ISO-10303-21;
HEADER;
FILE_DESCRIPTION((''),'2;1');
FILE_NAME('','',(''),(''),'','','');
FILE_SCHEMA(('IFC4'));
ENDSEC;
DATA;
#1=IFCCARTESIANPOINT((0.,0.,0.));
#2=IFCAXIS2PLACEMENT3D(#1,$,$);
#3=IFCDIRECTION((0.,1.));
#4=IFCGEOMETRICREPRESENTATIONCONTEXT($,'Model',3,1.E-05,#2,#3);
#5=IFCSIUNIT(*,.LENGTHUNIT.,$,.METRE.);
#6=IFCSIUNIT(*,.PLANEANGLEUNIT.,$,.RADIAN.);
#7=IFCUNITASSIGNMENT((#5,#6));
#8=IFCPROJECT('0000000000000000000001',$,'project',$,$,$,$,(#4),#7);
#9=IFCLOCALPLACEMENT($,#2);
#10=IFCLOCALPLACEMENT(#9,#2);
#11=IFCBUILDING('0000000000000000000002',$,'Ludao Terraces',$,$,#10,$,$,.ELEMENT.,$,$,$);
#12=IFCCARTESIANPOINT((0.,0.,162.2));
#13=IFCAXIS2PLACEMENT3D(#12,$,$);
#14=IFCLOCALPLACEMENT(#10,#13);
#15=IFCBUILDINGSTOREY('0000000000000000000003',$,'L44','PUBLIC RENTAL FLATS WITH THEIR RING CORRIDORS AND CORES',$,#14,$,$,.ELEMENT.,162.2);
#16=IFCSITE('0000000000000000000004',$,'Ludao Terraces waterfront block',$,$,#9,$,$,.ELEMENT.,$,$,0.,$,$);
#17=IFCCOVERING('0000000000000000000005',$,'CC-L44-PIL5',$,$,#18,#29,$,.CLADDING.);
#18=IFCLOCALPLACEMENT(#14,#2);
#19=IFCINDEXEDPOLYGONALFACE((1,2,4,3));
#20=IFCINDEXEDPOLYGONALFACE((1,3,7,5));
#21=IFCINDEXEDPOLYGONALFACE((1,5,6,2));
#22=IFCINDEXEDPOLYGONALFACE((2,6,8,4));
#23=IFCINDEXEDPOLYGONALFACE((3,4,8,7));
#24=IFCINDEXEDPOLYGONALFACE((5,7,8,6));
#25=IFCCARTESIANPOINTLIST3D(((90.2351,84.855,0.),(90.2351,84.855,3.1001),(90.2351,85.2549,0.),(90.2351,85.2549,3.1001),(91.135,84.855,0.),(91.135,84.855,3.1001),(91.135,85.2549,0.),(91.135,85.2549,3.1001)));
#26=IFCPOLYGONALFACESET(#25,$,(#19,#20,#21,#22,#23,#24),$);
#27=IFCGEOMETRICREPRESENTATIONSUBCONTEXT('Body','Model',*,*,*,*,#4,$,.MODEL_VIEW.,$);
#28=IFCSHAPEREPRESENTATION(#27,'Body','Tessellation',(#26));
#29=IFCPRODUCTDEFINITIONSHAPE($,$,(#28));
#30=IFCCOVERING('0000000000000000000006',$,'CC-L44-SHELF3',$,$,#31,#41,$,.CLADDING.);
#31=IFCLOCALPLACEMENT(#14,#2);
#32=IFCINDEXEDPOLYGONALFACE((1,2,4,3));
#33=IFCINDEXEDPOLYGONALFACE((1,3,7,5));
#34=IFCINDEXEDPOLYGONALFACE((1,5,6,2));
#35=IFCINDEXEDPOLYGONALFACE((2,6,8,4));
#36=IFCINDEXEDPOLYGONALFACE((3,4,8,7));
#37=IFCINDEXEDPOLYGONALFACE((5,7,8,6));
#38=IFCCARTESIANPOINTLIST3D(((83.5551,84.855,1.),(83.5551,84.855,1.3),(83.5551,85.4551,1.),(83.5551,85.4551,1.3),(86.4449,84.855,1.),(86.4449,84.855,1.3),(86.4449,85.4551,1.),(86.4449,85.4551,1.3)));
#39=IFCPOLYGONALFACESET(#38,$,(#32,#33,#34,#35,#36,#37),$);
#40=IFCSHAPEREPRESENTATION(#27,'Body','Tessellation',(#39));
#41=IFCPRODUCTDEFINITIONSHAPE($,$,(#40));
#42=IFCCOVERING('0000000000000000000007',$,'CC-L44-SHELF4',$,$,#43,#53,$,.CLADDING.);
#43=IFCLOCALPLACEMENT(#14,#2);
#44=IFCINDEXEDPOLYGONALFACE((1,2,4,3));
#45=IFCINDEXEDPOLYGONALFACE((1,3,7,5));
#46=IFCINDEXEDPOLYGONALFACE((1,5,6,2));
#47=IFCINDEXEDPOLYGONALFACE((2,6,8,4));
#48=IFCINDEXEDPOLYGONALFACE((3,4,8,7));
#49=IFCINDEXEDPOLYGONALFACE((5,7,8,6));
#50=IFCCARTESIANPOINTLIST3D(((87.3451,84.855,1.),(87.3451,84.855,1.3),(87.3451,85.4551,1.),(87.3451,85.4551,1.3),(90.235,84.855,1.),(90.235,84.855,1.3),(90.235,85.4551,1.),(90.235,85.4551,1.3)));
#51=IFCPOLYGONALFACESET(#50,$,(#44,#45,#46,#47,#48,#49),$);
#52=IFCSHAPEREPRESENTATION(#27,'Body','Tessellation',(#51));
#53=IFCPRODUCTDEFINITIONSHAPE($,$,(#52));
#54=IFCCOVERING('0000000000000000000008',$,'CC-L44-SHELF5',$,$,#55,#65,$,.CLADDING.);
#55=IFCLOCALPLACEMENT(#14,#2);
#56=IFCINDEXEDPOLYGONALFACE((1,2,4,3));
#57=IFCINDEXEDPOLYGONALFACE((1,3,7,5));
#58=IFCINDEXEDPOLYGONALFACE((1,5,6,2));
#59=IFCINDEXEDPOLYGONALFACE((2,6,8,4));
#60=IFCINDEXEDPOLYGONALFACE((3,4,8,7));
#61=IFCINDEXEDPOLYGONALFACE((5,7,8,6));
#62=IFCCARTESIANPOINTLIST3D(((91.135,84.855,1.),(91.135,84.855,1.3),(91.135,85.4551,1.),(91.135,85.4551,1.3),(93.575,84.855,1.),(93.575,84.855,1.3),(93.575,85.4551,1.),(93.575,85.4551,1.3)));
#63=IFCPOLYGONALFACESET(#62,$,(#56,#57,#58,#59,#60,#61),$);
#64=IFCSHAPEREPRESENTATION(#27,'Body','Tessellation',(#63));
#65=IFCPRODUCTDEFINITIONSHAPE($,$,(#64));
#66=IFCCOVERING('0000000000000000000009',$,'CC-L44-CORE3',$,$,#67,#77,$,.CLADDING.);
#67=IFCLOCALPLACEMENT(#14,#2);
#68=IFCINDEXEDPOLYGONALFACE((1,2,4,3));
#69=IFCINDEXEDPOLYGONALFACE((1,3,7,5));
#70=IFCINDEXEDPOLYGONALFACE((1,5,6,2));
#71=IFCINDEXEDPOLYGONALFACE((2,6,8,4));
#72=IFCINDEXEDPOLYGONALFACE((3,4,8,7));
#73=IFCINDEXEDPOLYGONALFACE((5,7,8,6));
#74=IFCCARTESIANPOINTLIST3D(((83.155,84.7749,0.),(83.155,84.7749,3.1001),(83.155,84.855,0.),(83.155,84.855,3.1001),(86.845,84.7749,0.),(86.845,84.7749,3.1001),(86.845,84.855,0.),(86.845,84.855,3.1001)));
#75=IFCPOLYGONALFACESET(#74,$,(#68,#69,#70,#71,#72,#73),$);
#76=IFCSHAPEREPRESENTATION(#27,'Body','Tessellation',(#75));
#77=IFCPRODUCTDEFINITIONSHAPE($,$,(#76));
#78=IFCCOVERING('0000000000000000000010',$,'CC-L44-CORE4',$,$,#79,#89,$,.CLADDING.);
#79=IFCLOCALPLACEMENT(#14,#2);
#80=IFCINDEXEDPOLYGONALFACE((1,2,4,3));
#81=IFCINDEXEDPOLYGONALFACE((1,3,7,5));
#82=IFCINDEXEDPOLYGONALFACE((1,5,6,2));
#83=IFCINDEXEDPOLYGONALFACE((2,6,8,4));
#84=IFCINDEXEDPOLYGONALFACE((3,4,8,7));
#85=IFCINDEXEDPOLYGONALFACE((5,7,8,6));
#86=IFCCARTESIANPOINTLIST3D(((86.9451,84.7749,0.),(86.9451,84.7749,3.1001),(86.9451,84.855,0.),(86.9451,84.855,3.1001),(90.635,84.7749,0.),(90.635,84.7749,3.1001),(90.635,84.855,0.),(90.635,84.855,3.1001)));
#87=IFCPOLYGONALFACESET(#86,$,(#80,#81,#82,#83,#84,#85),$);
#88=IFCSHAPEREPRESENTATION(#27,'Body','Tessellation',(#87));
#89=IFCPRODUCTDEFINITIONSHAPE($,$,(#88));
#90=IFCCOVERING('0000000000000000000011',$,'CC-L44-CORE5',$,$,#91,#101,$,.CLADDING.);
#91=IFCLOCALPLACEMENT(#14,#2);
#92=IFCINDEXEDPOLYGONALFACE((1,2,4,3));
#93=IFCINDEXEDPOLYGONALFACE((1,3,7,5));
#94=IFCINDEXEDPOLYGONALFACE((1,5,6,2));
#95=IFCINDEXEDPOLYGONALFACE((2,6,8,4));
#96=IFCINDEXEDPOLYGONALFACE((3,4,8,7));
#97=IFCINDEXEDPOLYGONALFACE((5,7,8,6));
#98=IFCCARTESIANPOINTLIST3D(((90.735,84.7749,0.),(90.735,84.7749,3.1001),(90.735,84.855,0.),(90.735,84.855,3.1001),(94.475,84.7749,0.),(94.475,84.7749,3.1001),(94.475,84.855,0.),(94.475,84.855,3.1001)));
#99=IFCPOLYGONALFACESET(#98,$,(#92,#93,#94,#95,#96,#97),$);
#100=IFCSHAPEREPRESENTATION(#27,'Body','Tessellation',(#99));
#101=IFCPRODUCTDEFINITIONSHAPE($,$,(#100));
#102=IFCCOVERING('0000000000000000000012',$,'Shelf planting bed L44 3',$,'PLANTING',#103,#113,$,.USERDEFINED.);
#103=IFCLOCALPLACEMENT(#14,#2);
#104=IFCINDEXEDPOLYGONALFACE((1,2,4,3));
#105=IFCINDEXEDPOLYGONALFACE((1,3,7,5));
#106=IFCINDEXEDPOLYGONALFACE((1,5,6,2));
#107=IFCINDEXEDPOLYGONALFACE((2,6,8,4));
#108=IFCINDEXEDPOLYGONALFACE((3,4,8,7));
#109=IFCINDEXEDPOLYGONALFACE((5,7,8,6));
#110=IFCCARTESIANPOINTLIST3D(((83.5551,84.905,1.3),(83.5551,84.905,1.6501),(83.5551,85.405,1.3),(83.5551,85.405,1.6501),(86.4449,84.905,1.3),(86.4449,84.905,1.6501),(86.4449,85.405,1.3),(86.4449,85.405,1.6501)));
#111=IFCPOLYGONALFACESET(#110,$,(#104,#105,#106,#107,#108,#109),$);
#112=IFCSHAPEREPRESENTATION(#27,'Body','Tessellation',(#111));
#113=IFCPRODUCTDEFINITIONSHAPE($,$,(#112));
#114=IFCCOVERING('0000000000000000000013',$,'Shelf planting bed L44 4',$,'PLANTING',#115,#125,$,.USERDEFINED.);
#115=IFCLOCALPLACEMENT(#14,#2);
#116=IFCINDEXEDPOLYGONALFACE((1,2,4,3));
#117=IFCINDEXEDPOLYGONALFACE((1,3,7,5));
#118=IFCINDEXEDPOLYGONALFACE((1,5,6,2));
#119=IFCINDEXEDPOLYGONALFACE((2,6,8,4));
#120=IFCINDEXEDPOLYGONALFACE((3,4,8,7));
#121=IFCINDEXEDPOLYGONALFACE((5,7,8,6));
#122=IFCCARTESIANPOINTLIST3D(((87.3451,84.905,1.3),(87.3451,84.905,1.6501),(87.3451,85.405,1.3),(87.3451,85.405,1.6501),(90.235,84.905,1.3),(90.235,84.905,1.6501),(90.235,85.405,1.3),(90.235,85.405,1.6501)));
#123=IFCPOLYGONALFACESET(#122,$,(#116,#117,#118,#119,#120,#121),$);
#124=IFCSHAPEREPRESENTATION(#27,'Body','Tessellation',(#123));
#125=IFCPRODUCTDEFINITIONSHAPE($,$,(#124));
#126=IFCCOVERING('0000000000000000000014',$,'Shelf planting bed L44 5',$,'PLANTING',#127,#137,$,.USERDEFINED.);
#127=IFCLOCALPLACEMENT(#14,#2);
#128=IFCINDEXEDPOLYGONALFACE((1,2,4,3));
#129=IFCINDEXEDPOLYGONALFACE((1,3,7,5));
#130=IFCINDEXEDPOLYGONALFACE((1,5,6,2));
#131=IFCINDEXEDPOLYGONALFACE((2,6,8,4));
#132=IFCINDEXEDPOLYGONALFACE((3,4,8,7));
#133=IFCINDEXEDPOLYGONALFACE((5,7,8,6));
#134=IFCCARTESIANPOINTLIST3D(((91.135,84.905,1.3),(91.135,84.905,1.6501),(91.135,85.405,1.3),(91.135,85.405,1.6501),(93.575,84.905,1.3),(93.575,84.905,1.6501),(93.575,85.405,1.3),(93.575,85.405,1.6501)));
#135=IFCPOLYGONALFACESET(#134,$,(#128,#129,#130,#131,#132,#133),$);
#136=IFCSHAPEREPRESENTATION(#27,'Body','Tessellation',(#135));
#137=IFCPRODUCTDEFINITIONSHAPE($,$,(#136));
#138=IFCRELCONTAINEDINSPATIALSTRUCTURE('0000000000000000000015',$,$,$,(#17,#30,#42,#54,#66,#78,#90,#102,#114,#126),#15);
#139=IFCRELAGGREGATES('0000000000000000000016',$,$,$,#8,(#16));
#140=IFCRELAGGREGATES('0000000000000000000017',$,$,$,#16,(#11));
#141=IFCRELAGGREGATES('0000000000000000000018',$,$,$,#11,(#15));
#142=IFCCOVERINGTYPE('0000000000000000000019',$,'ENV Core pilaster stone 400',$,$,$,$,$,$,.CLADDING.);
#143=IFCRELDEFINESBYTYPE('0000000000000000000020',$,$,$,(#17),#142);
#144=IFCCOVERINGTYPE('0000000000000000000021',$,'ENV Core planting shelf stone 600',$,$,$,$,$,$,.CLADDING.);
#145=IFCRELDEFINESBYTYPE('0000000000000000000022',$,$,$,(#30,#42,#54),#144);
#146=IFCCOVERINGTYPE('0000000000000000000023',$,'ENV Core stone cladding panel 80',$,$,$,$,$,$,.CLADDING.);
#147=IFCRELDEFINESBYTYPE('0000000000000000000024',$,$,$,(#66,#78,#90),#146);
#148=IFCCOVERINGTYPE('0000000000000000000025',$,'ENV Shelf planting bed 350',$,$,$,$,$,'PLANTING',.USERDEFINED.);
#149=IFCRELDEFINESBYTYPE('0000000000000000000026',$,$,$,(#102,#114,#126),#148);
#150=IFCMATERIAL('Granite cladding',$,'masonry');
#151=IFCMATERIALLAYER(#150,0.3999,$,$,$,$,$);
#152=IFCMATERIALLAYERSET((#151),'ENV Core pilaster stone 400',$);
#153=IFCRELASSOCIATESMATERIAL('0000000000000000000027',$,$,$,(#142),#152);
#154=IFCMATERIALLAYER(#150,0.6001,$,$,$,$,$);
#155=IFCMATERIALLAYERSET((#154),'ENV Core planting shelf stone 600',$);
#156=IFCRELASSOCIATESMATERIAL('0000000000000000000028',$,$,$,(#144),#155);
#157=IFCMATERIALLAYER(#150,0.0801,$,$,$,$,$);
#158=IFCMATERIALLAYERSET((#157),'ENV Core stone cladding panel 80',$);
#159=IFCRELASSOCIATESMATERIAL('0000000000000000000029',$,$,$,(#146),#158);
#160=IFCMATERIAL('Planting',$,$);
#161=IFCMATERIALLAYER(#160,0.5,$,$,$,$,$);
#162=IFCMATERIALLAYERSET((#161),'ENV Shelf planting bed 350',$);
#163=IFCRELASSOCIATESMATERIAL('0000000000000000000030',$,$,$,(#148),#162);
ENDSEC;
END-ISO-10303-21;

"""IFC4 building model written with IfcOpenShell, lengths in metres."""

from ifc_helpers import new_model, si_unit, direction, frame, origin, origin_2d, place, context, subcontext, project, spatial, rectangle, extrude, material, layer, layer_set, type_object, element, save


model = new_model("IFC4")

# Units and contexts
model_context = context("Model", 3, precision=1e-05, world=origin(), true_north=direction((0.0, 1.0)))
body_context = subcontext(model_context, "Body", "Model", "MODEL_VIEW")
ifc_project = project(units=[si_unit("LENGTHUNIT", "METRE"), si_unit("PLANEANGLEUNIT", "RADIAN")], contexts=[model_context])

# Site, building, storey
site_placement = place(None, origin())
site = spatial("IfcSite", under=ifc_project, at=site_placement, Name="Ludao Terraces waterfront block", CompositionType="ELEMENT", RefElevation=0.0)
building_placement = place(site_placement, origin())
building = spatial("IfcBuilding", under=site, at=building_placement, Name="Ludao Terraces", CompositionType="ELEMENT")
storey_placement = place(building_placement, frame((0.0, 0.0, 162.2)))
storey = spatial("IfcBuildingStorey", under=building, at=storey_placement, Name="L44", Description="PUBLIC RENTAL FLATS WITH THEIR RING CORRIDORS AND CORES", CompositionType="ELEMENT", Elevation=162.2)

# Coverings
ifc_material_1 = material(Name="Granite cladding", Category="masonry")
ifc_layer_1 = layer(ifc_material_1, 0.3999)
ifc_layer_set_1 = layer_set([ifc_layer_1], Name="ENV Core pilaster stone 400")
covering_type_1 = type_object("IfcCoveringType", Name="ENV Core pilaster stone 400", PredefinedType="CLADDING", material=ifc_layer_set_1)
for number, where, z_axis, x_axis, name in (
    (1, (90.6851, 85.0549, 0.0), (0.0, 0.0, 1.0), (1.0, 0.0, 0.0), "CC-L44-PIL5"),
):
    element("IfcCovering", number, at=place(storey_placement, frame(where, z_axis=z_axis, x_axis=x_axis)), inside=storey, type_object=covering_type_1, Name=name, PredefinedType="CLADDING", context=body_context, shape_type="SweptSolid", body=[
        extrude(rectangle(XDim=0.8999, YDim=0.3999, at=origin_2d()), origin(), (0.0, 0.0, 1.0), 3.1001),
    ])
ifc_layer_2 = layer(ifc_material_1, 0.6001)
ifc_layer_set_2 = layer_set([ifc_layer_2], Name="ENV Core planting shelf stone 600")
covering_type_2 = type_object("IfcCoveringType", Name="ENV Core planting shelf stone 600", PredefinedType="CLADDING", material=ifc_layer_set_2)
for number, where, z_axis, x_axis, name in (
    (2, (85.0, 85.155, 1.0), (0.0, 0.0, 1.0), (1.0, 0.0, 0.0), "CC-L44-SHELF3"),
    (3, (88.79, 85.155, 1.0), (0.0, 0.0, 1.0), (1.0, 0.0, 0.0), "CC-L44-SHELF4"),
):
    element("IfcCovering", number, at=place(storey_placement, frame(where, z_axis=z_axis, x_axis=x_axis)), inside=storey, type_object=covering_type_2, Name=name, PredefinedType="CLADDING", context=body_context, shape_type="SweptSolid", body=[
        extrude(rectangle(XDim=2.8899, YDim=0.6001, at=origin_2d()), origin(), (0.0, 0.0, 1.0), 0.3),
    ])
covering_1_placement = place(storey_placement, frame((92.355, 85.155, 1.0), z_axis=(0.0, 0.0, 1.0), x_axis=(1.0, 0.0, 0.0)))
element("IfcCovering", 4, at=covering_1_placement, inside=storey, type_object=covering_type_2, Name="CC-L44-SHELF5", PredefinedType="CLADDING", context=body_context, shape_type="SweptSolid", body=[
    extrude(rectangle(XDim=2.4399, YDim=0.6001, at=origin_2d()), origin(), (0.0, 0.0, 1.0), 0.3),
])
ifc_layer_3 = layer(ifc_material_1, 0.0801)
ifc_layer_set_3 = layer_set([ifc_layer_3], Name="ENV Core stone cladding panel 80")
covering_type_3 = type_object("IfcCoveringType", Name="ENV Core stone cladding panel 80", PredefinedType="CLADDING", material=ifc_layer_set_3)
for number, where, z_axis, x_axis, name in (
    (5, (85.0, 84.8149, 0.0), (0.0, 0.0, 1.0), (1.0, 0.0, 0.0), "CC-L44-CORE3"),
    (6, (88.79, 84.8149, 0.0), (0.0, 0.0, 1.0), (1.0, 0.0, 0.0), "CC-L44-CORE4"),
):
    element("IfcCovering", number, at=place(storey_placement, frame(where, z_axis=z_axis, x_axis=x_axis)), inside=storey, type_object=covering_type_3, Name=name, PredefinedType="CLADDING", context=body_context, shape_type="SweptSolid", body=[
        extrude(rectangle(XDim=3.6899, YDim=0.0801, at=origin_2d()), origin(), (0.0, 0.0, 1.0), 3.1001),
    ])
covering_2_placement = place(storey_placement, frame((92.605, 84.8149, 0.0), z_axis=(0.0, 0.0, 1.0), x_axis=(1.0, 0.0, 0.0)))
element("IfcCovering", 7, at=covering_2_placement, inside=storey, type_object=covering_type_3, Name="CC-L44-CORE5", PredefinedType="CLADDING", context=body_context, shape_type="SweptSolid", body=[
    extrude(rectangle(XDim=3.74, YDim=0.0801, at=origin_2d()), origin(), (0.0, 0.0, 1.0), 3.1001),
])
ifc_material_2 = material(Name="Planting")
ifc_layer_4 = layer(ifc_material_2, 0.5)
ifc_layer_set_4 = layer_set([ifc_layer_4], Name="ENV Shelf planting bed 350")
covering_type_4 = type_object("IfcCoveringType", Name="ENV Shelf planting bed 350", ElementType="PLANTING", PredefinedType="USERDEFINED", material=ifc_layer_set_4)
for number, where, z_axis, x_axis, name in (
    (8, (85.0, 85.155, 1.3), (0.0, 0.0, 1.0), (1.0, 0.0, 0.0), "Shelf planting bed L44 3"),
    (9, (88.79, 85.155, 1.3), (0.0, 0.0, 1.0), (1.0, 0.0, 0.0), "Shelf planting bed L44 4"),
):
    element("IfcCovering", number, at=place(storey_placement, frame(where, z_axis=z_axis, x_axis=x_axis)), inside=storey, type_object=covering_type_4, Name=name, ObjectType="PLANTING", PredefinedType="USERDEFINED", context=body_context, shape_type="SweptSolid", body=[
        extrude(rectangle(XDim=2.8899, YDim=0.5, at=origin_2d()), origin(), (0.0, 0.0, 1.0), 0.3501),
    ])
covering_3_placement = place(storey_placement, frame((92.355, 85.155, 1.3), z_axis=(0.0, 0.0, 1.0), x_axis=(1.0, 0.0, 0.0)))
element("IfcCovering", 10, at=covering_3_placement, inside=storey, type_object=covering_type_4, Name="Shelf planting bed L44 5", ObjectType="PLANTING", PredefinedType="USERDEFINED", context=body_context, shape_type="SweptSolid", body=[
    extrude(rectangle(XDim=2.4399, YDim=0.5, at=origin_2d()), origin(), (0.0, 0.0, 1.0), 0.3501),
])

save(model, "model.ifc")
